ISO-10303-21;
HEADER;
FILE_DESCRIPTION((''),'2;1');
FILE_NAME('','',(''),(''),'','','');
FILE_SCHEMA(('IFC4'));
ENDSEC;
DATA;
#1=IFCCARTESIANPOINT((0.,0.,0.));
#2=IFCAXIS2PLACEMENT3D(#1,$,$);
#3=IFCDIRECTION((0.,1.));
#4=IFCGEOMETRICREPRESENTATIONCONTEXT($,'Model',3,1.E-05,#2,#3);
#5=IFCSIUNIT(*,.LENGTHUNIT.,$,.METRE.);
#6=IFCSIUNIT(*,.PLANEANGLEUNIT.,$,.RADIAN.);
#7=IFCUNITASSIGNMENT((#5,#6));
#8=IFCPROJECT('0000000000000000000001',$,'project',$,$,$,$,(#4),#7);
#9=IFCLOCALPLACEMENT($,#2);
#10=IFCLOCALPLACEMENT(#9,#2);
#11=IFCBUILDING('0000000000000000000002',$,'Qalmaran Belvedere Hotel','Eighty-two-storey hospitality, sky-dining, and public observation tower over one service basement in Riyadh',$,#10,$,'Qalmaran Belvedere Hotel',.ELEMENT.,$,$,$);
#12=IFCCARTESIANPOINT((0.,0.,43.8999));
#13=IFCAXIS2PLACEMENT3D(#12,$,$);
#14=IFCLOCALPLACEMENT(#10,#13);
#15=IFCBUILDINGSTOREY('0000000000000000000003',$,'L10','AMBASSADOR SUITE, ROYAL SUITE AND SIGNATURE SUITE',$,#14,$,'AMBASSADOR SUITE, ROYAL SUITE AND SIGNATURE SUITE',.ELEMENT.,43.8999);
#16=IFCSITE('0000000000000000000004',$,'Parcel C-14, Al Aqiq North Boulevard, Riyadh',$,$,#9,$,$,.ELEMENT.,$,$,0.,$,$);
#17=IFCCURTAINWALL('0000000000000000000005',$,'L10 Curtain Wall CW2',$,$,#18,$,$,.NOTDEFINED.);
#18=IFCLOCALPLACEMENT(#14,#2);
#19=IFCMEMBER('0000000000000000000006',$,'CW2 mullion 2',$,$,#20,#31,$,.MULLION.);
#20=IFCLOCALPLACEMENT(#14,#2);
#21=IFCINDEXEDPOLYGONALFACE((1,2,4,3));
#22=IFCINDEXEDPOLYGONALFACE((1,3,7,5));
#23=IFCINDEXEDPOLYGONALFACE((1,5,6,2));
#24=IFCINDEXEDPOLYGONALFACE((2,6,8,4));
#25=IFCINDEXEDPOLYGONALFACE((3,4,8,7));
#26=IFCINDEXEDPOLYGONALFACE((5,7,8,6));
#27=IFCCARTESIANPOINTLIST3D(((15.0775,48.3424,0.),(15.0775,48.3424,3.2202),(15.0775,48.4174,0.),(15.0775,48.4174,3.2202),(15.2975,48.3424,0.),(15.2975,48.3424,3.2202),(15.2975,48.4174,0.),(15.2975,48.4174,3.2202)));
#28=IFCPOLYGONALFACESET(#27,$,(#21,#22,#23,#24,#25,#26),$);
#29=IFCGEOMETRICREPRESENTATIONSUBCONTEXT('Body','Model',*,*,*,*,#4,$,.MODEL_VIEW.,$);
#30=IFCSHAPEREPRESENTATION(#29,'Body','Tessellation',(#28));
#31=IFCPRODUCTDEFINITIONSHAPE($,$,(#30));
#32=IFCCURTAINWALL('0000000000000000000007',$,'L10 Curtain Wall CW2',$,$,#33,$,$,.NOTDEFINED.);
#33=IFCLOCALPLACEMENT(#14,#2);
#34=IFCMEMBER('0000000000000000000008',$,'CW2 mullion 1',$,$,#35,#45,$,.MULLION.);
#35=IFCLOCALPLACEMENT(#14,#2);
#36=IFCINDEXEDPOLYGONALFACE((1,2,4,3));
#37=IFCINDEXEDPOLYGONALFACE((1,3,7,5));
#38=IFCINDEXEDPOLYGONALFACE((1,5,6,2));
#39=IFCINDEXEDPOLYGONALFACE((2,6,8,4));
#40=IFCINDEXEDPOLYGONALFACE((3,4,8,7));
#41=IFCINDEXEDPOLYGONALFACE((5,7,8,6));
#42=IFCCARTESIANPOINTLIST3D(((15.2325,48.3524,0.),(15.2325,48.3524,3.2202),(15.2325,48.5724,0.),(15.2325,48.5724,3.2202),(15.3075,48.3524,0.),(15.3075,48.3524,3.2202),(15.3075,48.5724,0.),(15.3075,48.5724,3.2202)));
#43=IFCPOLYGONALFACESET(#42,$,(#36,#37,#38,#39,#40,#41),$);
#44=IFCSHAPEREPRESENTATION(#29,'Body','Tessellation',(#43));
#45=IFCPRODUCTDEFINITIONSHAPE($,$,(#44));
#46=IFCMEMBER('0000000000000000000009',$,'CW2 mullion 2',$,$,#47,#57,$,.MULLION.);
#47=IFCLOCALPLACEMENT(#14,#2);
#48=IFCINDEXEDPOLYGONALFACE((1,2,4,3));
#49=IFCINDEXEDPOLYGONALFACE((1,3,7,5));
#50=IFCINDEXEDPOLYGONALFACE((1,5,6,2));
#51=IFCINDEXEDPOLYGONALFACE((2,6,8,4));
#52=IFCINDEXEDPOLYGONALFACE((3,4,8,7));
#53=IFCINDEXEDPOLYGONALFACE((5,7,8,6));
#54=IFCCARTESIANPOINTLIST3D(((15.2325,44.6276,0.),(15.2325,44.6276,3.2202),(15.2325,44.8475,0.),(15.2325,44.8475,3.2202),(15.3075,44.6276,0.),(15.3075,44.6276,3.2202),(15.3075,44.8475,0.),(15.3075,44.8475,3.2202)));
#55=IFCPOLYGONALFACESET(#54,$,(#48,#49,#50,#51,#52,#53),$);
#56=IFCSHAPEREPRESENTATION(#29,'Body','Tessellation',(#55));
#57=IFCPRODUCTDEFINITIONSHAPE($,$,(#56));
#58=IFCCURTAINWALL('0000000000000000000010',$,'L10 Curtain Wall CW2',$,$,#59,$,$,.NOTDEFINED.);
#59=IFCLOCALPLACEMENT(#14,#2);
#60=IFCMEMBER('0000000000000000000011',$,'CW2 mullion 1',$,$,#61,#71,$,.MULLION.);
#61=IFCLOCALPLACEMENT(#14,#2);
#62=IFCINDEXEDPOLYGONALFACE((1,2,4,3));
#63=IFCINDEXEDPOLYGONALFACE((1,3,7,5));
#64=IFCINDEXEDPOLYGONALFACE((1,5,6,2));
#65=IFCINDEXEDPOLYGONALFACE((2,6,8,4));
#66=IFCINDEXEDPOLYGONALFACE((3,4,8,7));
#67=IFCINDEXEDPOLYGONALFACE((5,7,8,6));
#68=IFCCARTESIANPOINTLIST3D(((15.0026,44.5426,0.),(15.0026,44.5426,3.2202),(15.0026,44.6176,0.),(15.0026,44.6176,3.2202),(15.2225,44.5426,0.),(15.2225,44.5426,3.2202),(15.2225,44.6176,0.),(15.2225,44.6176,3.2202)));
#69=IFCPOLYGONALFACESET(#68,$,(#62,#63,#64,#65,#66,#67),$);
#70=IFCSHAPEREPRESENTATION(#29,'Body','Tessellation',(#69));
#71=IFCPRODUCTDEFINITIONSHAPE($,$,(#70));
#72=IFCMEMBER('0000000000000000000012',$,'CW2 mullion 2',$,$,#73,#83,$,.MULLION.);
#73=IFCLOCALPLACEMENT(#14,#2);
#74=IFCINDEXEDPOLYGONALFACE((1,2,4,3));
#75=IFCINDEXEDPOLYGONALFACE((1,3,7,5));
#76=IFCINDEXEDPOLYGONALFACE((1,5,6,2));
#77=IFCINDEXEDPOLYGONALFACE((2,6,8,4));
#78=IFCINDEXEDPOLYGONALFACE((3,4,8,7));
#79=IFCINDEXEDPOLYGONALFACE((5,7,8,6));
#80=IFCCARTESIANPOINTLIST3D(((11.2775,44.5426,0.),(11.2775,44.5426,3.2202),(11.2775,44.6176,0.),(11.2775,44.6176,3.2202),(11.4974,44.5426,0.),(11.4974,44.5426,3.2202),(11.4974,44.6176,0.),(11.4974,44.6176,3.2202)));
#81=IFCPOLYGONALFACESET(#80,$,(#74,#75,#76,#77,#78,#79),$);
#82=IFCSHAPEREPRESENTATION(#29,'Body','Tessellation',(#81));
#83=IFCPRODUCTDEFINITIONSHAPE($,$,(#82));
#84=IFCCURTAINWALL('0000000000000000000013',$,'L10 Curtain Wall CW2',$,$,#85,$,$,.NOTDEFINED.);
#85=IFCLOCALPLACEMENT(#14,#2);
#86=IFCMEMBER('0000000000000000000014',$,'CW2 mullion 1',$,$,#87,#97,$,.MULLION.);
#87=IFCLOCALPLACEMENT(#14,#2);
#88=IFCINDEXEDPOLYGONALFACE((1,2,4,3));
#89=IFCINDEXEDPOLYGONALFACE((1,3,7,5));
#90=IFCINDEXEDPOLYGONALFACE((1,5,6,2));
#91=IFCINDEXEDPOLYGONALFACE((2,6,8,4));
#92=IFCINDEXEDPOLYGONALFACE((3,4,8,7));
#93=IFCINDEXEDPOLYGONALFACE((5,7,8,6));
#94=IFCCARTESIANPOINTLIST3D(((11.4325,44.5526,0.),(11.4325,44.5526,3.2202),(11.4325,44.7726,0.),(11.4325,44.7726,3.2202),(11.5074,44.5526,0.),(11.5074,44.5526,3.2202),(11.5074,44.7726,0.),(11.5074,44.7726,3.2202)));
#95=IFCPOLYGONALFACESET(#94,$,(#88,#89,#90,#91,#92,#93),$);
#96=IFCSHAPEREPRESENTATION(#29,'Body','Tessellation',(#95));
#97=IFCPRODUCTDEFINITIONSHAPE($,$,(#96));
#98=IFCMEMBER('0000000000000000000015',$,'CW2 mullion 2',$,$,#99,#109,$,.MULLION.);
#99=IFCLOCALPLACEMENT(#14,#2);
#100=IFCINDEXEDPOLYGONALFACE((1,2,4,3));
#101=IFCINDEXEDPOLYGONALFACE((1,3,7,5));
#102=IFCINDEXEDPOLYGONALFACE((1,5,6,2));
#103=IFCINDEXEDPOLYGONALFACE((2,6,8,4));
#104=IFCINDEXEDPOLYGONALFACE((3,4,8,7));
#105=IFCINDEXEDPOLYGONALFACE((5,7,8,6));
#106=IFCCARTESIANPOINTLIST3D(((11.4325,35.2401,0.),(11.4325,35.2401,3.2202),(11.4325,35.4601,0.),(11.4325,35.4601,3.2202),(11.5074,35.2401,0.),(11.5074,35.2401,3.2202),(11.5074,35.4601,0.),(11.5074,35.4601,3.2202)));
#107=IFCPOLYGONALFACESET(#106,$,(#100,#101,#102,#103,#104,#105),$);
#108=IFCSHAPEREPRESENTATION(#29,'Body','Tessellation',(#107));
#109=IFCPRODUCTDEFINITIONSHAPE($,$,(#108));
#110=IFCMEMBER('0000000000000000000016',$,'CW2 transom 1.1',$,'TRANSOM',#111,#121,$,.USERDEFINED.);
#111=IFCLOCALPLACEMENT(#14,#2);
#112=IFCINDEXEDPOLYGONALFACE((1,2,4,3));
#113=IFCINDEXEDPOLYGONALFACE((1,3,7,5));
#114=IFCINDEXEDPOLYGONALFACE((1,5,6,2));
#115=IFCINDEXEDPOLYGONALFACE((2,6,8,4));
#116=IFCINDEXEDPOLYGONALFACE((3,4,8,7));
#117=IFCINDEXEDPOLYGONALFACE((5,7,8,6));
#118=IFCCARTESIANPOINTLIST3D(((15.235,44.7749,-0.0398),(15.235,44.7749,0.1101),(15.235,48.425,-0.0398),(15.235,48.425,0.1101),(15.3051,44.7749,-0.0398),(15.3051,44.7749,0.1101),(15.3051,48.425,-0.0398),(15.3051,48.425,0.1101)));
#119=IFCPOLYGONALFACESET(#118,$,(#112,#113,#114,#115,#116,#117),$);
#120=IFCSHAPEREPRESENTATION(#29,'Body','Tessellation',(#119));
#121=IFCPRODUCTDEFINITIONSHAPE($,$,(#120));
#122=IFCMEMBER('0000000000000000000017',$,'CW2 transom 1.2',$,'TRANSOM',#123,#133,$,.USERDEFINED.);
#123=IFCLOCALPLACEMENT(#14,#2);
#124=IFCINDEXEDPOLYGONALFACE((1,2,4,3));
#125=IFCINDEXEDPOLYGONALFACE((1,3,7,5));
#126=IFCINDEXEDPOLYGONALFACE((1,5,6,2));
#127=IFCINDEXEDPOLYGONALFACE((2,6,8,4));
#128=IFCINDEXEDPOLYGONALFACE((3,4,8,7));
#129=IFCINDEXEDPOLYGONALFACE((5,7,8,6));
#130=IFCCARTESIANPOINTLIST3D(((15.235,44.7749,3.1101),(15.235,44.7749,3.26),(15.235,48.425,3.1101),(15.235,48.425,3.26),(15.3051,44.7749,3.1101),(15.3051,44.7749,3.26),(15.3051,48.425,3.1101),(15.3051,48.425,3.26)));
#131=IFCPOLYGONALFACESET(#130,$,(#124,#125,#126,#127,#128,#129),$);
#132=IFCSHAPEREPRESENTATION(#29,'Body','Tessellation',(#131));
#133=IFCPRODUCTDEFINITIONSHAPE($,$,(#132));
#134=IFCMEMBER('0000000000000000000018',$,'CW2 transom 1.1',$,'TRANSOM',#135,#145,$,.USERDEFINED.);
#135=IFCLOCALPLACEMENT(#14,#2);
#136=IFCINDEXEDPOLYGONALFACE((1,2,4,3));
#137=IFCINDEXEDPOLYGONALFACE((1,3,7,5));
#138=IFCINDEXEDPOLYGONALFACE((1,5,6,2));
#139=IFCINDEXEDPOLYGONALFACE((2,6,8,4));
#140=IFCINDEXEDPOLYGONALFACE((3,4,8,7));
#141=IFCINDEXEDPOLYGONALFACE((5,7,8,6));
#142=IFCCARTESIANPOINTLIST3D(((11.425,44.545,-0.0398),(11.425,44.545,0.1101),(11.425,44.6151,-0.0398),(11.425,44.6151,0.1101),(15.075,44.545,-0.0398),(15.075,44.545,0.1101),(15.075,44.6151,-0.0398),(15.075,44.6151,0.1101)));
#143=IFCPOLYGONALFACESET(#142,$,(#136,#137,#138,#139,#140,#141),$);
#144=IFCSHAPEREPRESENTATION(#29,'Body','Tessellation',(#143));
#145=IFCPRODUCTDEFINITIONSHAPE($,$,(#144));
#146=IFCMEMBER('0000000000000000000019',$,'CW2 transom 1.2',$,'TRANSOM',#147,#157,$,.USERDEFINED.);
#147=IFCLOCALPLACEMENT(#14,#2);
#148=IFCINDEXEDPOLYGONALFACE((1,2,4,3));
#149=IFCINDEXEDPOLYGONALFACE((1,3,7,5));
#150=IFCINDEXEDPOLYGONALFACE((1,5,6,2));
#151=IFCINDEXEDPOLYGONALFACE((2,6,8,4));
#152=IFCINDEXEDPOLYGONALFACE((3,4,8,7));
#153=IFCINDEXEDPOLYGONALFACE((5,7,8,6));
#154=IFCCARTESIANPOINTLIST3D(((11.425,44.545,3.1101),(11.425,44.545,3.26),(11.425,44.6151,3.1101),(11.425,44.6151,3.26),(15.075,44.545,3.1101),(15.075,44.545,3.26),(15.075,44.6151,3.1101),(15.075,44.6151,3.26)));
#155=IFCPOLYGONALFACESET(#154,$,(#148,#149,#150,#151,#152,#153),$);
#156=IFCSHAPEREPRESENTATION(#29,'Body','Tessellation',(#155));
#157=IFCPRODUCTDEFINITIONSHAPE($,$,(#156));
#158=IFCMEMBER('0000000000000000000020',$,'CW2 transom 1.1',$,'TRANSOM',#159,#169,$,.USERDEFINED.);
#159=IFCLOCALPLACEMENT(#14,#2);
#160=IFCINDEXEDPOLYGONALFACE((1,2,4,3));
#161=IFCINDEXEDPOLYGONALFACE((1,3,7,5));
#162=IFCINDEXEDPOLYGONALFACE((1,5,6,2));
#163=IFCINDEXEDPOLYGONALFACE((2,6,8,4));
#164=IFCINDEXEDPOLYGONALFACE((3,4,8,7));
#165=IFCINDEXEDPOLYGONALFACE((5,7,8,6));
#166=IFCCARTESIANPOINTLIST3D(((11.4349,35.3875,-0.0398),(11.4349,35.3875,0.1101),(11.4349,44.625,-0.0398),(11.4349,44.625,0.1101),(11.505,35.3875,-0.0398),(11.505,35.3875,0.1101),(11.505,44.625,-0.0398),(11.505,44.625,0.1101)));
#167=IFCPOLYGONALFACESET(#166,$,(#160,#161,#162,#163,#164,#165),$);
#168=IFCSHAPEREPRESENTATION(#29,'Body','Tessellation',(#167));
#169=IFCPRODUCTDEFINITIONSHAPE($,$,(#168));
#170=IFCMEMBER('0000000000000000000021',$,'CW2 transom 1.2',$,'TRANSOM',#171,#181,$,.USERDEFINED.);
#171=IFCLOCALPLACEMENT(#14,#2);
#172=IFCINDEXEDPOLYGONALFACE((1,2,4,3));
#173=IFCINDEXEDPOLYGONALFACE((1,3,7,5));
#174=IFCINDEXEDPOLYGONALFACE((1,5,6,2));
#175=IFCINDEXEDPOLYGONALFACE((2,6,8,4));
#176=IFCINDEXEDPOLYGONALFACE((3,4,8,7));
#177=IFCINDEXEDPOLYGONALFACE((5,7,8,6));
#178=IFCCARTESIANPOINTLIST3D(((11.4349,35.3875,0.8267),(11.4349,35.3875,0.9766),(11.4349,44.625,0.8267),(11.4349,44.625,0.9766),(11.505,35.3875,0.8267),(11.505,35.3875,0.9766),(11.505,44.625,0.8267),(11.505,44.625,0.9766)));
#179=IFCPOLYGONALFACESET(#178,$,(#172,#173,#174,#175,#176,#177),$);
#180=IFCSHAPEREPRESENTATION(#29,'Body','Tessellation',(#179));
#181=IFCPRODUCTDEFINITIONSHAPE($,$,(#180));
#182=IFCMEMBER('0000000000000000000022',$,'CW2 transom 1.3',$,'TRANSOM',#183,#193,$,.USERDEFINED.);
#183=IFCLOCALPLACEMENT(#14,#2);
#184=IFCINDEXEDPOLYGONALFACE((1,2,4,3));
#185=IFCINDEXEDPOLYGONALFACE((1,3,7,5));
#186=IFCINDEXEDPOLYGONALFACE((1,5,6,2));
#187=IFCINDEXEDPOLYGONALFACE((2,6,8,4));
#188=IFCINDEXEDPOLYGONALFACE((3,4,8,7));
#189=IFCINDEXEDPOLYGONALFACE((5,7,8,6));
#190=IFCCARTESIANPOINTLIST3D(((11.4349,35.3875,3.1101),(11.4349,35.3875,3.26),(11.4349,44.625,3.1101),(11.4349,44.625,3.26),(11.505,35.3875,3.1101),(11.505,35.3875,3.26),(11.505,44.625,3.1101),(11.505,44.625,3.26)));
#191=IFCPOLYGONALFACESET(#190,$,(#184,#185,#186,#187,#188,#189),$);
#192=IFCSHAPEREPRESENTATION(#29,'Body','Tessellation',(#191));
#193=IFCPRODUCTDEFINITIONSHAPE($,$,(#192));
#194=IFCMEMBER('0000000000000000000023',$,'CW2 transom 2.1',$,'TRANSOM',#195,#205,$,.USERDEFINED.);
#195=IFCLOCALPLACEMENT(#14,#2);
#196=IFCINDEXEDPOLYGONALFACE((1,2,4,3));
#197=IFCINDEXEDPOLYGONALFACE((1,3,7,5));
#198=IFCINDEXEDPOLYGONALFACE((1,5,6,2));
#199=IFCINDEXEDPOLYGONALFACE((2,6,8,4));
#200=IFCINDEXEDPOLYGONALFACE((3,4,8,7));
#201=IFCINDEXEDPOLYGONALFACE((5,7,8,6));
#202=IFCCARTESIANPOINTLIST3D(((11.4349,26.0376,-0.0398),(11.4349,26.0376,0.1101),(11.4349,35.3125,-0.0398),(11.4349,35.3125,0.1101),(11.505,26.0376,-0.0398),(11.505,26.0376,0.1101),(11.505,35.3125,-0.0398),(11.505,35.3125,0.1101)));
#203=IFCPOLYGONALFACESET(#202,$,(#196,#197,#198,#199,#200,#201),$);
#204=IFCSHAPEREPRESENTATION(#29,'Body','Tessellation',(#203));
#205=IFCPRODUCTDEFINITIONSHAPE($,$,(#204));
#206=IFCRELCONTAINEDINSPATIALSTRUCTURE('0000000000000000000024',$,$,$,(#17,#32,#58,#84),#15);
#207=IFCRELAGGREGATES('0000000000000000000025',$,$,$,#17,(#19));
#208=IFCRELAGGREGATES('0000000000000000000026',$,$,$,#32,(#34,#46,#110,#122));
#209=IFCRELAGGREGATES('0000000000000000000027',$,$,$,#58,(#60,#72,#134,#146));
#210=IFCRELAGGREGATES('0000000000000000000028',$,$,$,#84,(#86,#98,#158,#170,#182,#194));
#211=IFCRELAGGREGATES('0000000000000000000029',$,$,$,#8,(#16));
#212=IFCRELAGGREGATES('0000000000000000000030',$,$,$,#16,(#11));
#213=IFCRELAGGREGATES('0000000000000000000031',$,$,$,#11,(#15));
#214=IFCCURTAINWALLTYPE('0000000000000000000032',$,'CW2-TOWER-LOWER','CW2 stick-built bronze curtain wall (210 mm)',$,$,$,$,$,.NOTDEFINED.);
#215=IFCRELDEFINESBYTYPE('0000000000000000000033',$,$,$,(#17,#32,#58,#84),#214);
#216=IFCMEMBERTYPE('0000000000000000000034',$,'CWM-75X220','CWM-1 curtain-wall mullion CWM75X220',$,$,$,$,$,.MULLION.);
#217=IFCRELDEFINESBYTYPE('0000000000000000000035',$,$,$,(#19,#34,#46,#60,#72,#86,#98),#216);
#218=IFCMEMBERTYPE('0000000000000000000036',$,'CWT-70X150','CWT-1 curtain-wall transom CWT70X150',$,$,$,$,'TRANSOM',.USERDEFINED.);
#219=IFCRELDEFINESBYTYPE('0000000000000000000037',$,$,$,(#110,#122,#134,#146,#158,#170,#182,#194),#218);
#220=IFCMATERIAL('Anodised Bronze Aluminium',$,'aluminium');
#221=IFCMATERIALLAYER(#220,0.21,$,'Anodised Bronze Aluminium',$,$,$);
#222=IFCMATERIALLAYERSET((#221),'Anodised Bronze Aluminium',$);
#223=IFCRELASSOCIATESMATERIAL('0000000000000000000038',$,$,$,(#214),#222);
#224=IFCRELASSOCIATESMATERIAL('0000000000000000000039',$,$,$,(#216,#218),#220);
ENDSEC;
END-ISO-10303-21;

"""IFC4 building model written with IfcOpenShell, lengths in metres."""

from ifc_helpers import new_model, si_unit, direction, frame, origin, origin_2d, place, context, subcontext, project, spatial, rectangle, extrude, material, layer, layer_set, material_profile, profile_set, type_object, element, aggregate, save


model = new_model("IFC4")

# Units and contexts
model_context = context("Model", 3, precision=1e-05, world=origin(), true_north=direction((0.0, 1.0)))
body_context = subcontext(model_context, "Body", "Model", "MODEL_VIEW")
ifc_project = project(units=[si_unit("LENGTHUNIT", "METRE"), si_unit("PLANEANGLEUNIT", "RADIAN")], contexts=[model_context])

# Site, building, storey
site_placement = place(None, origin())
site = spatial("IfcSite", under=ifc_project, at=site_placement, Name="Parcel C-14, Al Aqiq North Boulevard, Riyadh", CompositionType="ELEMENT", RefElevation=0.0)
building_placement = place(site_placement, origin())
building = spatial("IfcBuilding", under=site, at=building_placement, Name="Qalmaran Belvedere Hotel", Description="Eighty-two-storey hospitality, sky-dining, and public observation tower over one service basement in Riyadh", LongName="Qalmaran Belvedere Hotel", CompositionType="ELEMENT")
storey_placement = place(building_placement, frame((0.0, 0.0, 43.8999)))
storey = spatial("IfcBuildingStorey", under=building, at=storey_placement, Name="L10", Description="AMBASSADOR SUITE, ROYAL SUITE AND SIGNATURE SUITE", LongName="AMBASSADOR SUITE, ROYAL SUITE AND SIGNATURE SUITE", CompositionType="ELEMENT", Elevation=43.8999)

# Curtain wall, member
ifc_material_1 = material(Name="Anodised Bronze Aluminium", Category="aluminium")
ifc_layer_1 = layer(ifc_material_1, 0.21, Name="Anodised Bronze Aluminium")
ifc_layer_set_1 = layer_set([ifc_layer_1], Name="Anodised Bronze Aluminium")
curtain_wall_type = type_object("IfcCurtainWallType", Name="CW2-TOWER-LOWER", Description="CW2 stick-built bronze curtain wall (210 mm)", PredefinedType="NOTDEFINED", material=ifc_layer_set_1)
curtain_wall_1_placement = place(storey_placement, origin())
curtain_wall_1 = element("IfcCurtainWall", 1, at=curtain_wall_1_placement, inside=storey, type_object=curtain_wall_type, Name="L10 Curtain Wall CW2", PredefinedType="NOTDEFINED")
ifc_material_profile_1 = material_profile(ifc_material_1, rectangle(XDim=0.075, YDim=0.22, at=origin_2d()), Name="CWM75X220")
ifc_profile_set_1 = profile_set([ifc_material_profile_1], Name="Anodised Bronze Aluminium")
member_type_1 = type_object("IfcMemberType", Name="CWM-75X220", Description="CWM-1 curtain-wall mullion CWM75X220", PredefinedType="MULLION", material=ifc_profile_set_1)
member_1_placement = place(storey_placement, frame((15.1875, 48.3799, 0.0), z_axis=(0.0, 0.0, 1.0), x_axis=(0.0, -1.0, 0.0)))
member_1 = element("IfcMember", 2, at=member_1_placement, type_object=member_type_1, Name="CW2 mullion 2", PredefinedType="MULLION", context=body_context, shape_type="SweptSolid", body=[
    extrude(rectangle(XDim=0.075, YDim=0.22, at=origin_2d()), origin(), (0.0, 0.0, 1.0), 3.2202),
])

# Curtain walls, members
curtain_wall_2_placement = place(storey_placement, origin())
curtain_wall_2 = element("IfcCurtainWall", 3, at=curtain_wall_2_placement, inside=storey, type_object=curtain_wall_type, Name="L10 Curtain Wall CW2", PredefinedType="NOTDEFINED")
member_2_placement = place(storey_placement, frame((15.27, 48.4624, 0.0), z_axis=(0.0, 0.0, 1.0), x_axis=(1.0, 0.0, 0.0)))
member_2 = element("IfcMember", 4, at=member_2_placement, type_object=member_type_1, Name="CW2 mullion 1", PredefinedType="MULLION", context=body_context, shape_type="SweptSolid", body=[
    extrude(rectangle(XDim=0.075, YDim=0.22, at=origin_2d()), origin(), (0.0, 0.0, 1.0), 3.2202),
])
member_3_placement = place(storey_placement, frame((15.27, 44.7375, 0.0), z_axis=(0.0, 0.0, 1.0), x_axis=(1.0, 0.0, 0.0)))
member_3 = element("IfcMember", 5, at=member_3_placement, type_object=member_type_1, Name="CW2 mullion 2", PredefinedType="MULLION", context=body_context, shape_type="SweptSolid", body=[
    extrude(rectangle(XDim=0.075, YDim=0.22, at=origin_2d()), origin(), (0.0, 0.0, 1.0), 3.2202),
])
curtain_wall_3_placement = place(storey_placement, origin())
curtain_wall_3 = element("IfcCurtainWall", 6, at=curtain_wall_3_placement, inside=storey, type_object=curtain_wall_type, Name="L10 Curtain Wall CW2", PredefinedType="NOTDEFINED")
member_4_placement = place(storey_placement, frame((15.1125, 44.5801, 0.0), z_axis=(0.0, 0.0, 1.0), x_axis=(0.0, -1.0, 0.0)))
member_4 = element("IfcMember", 7, at=member_4_placement, type_object=member_type_1, Name="CW2 mullion 1", PredefinedType="MULLION", context=body_context, shape_type="SweptSolid", body=[
    extrude(rectangle(XDim=0.075, YDim=0.22, at=origin_2d()), origin(), (0.0, 0.0, 1.0), 3.2202),
])
member_5_placement = place(storey_placement, frame((11.3875, 44.5801, 0.0), z_axis=(0.0, 0.0, 1.0), x_axis=(0.0, -1.0, 0.0)))
member_5 = element("IfcMember", 8, at=member_5_placement, type_object=member_type_1, Name="CW2 mullion 2", PredefinedType="MULLION", context=body_context, shape_type="SweptSolid", body=[
    extrude(rectangle(XDim=0.075, YDim=0.22, at=origin_2d()), origin(), (0.0, 0.0, 1.0), 3.2202),
])
curtain_wall_4_placement = place(storey_placement, origin())
curtain_wall_4 = element("IfcCurtainWall", 9, at=curtain_wall_4_placement, inside=storey, type_object=curtain_wall_type, Name="L10 Curtain Wall CW2", PredefinedType="NOTDEFINED")
member_6_placement = place(storey_placement, frame((11.47, 44.6626, 0.0), z_axis=(0.0, 0.0, 1.0), x_axis=(1.0, 0.0, 0.0)))
member_6 = element("IfcMember", 10, at=member_6_placement, type_object=member_type_1, Name="CW2 mullion 1", PredefinedType="MULLION", context=body_context, shape_type="SweptSolid", body=[
    extrude(rectangle(XDim=0.075, YDim=0.22, at=origin_2d()), origin(), (0.0, 0.0, 1.0), 3.2202),
])
member_7_placement = place(storey_placement, frame((11.47, 35.3501, 0.0), z_axis=(0.0, 0.0, 1.0), x_axis=(1.0, 0.0, 0.0)))
member_7 = element("IfcMember", 11, at=member_7_placement, type_object=member_type_1, Name="CW2 mullion 2", PredefinedType="MULLION", context=body_context, shape_type="SweptSolid", body=[
    extrude(rectangle(XDim=0.075, YDim=0.22, at=origin_2d()), origin(), (0.0, 0.0, 1.0), 3.2202),
])

# Members
ifc_material_profile_2 = material_profile(ifc_material_1, rectangle(XDim=0.0701, YDim=0.1499, at=origin_2d()), Name="CWT70X150")
ifc_profile_set_2 = profile_set([ifc_material_profile_2], Name="Anodised Bronze Aluminium")
member_type_2 = type_object("IfcMemberType", Name="CWT-70X150", Description="CWT-1 curtain-wall transom CWT70X150", ElementType="TRANSOM", PredefinedType="USERDEFINED", material=ifc_profile_set_2)
member_8_placement = place(storey_placement, frame((15.27, 48.425, 0.0352), z_axis=(0.0, -1.0, 0.0), x_axis=(1.0, 0.0, 0.0)))
member_8 = element("IfcMember", 12, at=member_8_placement, type_object=member_type_2, Name="CW2 transom 1.1", ObjectType="TRANSOM", PredefinedType="USERDEFINED", context=body_context, shape_type="SweptSolid", body=[
    extrude(rectangle(XDim=0.0701, YDim=0.1499, at=origin_2d()), origin(), (0.0, 0.0, 1.0), 3.6501),
])
member_9_placement = place(storey_placement, frame((15.27, 48.425, 3.1851), z_axis=(0.0, -1.0, 0.0), x_axis=(1.0, 0.0, 0.0)))
member_9 = element("IfcMember", 13, at=member_9_placement, type_object=member_type_2, Name="CW2 transom 1.2", ObjectType="TRANSOM", PredefinedType="USERDEFINED", context=body_context, shape_type="SweptSolid", body=[
    extrude(rectangle(XDim=0.0701, YDim=0.1499, at=origin_2d()), origin(), (0.0, 0.0, 1.0), 3.6501),
])
member_10_placement = place(storey_placement, frame((15.075, 44.5801, 0.0352), z_axis=(-1.0, 0.0, 0.0), x_axis=(0.0, -1.0, 0.0)))
member_10 = element("IfcMember", 14, at=member_10_placement, type_object=member_type_2, Name="CW2 transom 1.1", ObjectType="TRANSOM", PredefinedType="USERDEFINED", context=body_context, shape_type="SweptSolid", body=[
    extrude(rectangle(XDim=0.0701, YDim=0.1499, at=origin_2d()), origin(), (0.0, 0.0, 1.0), 3.6499),
])
member_11_placement = place(storey_placement, frame((15.075, 44.5801, 3.1851), z_axis=(-1.0, 0.0, 0.0), x_axis=(0.0, -1.0, 0.0)))
member_11 = element("IfcMember", 15, at=member_11_placement, type_object=member_type_2, Name="CW2 transom 1.2", ObjectType="TRANSOM", PredefinedType="USERDEFINED", context=body_context, shape_type="SweptSolid", body=[
    extrude(rectangle(XDim=0.0701, YDim=0.1499, at=origin_2d()), origin(), (0.0, 0.0, 1.0), 3.6499),
])
member_12_placement = place(storey_placement, frame((11.47, 44.625, 0.0352), z_axis=(0.0, -1.0, 0.0), x_axis=(1.0, 0.0, 0.0)))
member_12 = element("IfcMember", 16, at=member_12_placement, type_object=member_type_2, Name="CW2 transom 1.1", ObjectType="TRANSOM", PredefinedType="USERDEFINED", context=body_context, shape_type="SweptSolid", body=[
    extrude(rectangle(XDim=0.0701, YDim=0.1499, at=origin_2d()), origin(), (0.0, 0.0, 1.0), 9.2375),
])
member_13_placement = place(storey_placement, frame((11.47, 44.625, 0.9016), z_axis=(0.0, -1.0, 0.0), x_axis=(1.0, 0.0, 0.0)))
member_13 = element("IfcMember", 17, at=member_13_placement, type_object=member_type_2, Name="CW2 transom 1.2", ObjectType="TRANSOM", PredefinedType="USERDEFINED", context=body_context, shape_type="SweptSolid", body=[
    extrude(rectangle(XDim=0.0701, YDim=0.1499, at=origin_2d()), origin(), (0.0, 0.0, 1.0), 9.2375),
])
member_14_placement = place(storey_placement, frame((11.47, 44.625, 3.1851), z_axis=(0.0, -1.0, 0.0), x_axis=(1.0, 0.0, 0.0)))
member_14 = element("IfcMember", 18, at=member_14_placement, type_object=member_type_2, Name="CW2 transom 1.3", ObjectType="TRANSOM", PredefinedType="USERDEFINED", context=body_context, shape_type="SweptSolid", body=[
    extrude(rectangle(XDim=0.0701, YDim=0.1499, at=origin_2d()), origin(), (0.0, 0.0, 1.0), 9.2375),
])
member_15_placement = place(storey_placement, frame((11.47, 35.3125, 0.0352), z_axis=(0.0, -1.0, 0.0), x_axis=(1.0, 0.0, 0.0)))
member_15 = element("IfcMember", 19, at=member_15_placement, type_object=member_type_2, Name="CW2 transom 2.1", ObjectType="TRANSOM", PredefinedType="USERDEFINED", context=body_context, shape_type="SweptSolid", body=[
    extrude(rectangle(XDim=0.0701, YDim=0.1499, at=origin_2d()), origin(), (0.0, 0.0, 1.0), 9.2749),
])

aggregate(curtain_wall_1, [member_1])
aggregate(curtain_wall_2, [member_2, member_3, member_8, member_9])
aggregate(curtain_wall_3, [member_4, member_5, member_10, member_11])
aggregate(curtain_wall_4, [member_6, member_7, member_12, member_13, member_14, member_15])

save(model, "model.ifc")
